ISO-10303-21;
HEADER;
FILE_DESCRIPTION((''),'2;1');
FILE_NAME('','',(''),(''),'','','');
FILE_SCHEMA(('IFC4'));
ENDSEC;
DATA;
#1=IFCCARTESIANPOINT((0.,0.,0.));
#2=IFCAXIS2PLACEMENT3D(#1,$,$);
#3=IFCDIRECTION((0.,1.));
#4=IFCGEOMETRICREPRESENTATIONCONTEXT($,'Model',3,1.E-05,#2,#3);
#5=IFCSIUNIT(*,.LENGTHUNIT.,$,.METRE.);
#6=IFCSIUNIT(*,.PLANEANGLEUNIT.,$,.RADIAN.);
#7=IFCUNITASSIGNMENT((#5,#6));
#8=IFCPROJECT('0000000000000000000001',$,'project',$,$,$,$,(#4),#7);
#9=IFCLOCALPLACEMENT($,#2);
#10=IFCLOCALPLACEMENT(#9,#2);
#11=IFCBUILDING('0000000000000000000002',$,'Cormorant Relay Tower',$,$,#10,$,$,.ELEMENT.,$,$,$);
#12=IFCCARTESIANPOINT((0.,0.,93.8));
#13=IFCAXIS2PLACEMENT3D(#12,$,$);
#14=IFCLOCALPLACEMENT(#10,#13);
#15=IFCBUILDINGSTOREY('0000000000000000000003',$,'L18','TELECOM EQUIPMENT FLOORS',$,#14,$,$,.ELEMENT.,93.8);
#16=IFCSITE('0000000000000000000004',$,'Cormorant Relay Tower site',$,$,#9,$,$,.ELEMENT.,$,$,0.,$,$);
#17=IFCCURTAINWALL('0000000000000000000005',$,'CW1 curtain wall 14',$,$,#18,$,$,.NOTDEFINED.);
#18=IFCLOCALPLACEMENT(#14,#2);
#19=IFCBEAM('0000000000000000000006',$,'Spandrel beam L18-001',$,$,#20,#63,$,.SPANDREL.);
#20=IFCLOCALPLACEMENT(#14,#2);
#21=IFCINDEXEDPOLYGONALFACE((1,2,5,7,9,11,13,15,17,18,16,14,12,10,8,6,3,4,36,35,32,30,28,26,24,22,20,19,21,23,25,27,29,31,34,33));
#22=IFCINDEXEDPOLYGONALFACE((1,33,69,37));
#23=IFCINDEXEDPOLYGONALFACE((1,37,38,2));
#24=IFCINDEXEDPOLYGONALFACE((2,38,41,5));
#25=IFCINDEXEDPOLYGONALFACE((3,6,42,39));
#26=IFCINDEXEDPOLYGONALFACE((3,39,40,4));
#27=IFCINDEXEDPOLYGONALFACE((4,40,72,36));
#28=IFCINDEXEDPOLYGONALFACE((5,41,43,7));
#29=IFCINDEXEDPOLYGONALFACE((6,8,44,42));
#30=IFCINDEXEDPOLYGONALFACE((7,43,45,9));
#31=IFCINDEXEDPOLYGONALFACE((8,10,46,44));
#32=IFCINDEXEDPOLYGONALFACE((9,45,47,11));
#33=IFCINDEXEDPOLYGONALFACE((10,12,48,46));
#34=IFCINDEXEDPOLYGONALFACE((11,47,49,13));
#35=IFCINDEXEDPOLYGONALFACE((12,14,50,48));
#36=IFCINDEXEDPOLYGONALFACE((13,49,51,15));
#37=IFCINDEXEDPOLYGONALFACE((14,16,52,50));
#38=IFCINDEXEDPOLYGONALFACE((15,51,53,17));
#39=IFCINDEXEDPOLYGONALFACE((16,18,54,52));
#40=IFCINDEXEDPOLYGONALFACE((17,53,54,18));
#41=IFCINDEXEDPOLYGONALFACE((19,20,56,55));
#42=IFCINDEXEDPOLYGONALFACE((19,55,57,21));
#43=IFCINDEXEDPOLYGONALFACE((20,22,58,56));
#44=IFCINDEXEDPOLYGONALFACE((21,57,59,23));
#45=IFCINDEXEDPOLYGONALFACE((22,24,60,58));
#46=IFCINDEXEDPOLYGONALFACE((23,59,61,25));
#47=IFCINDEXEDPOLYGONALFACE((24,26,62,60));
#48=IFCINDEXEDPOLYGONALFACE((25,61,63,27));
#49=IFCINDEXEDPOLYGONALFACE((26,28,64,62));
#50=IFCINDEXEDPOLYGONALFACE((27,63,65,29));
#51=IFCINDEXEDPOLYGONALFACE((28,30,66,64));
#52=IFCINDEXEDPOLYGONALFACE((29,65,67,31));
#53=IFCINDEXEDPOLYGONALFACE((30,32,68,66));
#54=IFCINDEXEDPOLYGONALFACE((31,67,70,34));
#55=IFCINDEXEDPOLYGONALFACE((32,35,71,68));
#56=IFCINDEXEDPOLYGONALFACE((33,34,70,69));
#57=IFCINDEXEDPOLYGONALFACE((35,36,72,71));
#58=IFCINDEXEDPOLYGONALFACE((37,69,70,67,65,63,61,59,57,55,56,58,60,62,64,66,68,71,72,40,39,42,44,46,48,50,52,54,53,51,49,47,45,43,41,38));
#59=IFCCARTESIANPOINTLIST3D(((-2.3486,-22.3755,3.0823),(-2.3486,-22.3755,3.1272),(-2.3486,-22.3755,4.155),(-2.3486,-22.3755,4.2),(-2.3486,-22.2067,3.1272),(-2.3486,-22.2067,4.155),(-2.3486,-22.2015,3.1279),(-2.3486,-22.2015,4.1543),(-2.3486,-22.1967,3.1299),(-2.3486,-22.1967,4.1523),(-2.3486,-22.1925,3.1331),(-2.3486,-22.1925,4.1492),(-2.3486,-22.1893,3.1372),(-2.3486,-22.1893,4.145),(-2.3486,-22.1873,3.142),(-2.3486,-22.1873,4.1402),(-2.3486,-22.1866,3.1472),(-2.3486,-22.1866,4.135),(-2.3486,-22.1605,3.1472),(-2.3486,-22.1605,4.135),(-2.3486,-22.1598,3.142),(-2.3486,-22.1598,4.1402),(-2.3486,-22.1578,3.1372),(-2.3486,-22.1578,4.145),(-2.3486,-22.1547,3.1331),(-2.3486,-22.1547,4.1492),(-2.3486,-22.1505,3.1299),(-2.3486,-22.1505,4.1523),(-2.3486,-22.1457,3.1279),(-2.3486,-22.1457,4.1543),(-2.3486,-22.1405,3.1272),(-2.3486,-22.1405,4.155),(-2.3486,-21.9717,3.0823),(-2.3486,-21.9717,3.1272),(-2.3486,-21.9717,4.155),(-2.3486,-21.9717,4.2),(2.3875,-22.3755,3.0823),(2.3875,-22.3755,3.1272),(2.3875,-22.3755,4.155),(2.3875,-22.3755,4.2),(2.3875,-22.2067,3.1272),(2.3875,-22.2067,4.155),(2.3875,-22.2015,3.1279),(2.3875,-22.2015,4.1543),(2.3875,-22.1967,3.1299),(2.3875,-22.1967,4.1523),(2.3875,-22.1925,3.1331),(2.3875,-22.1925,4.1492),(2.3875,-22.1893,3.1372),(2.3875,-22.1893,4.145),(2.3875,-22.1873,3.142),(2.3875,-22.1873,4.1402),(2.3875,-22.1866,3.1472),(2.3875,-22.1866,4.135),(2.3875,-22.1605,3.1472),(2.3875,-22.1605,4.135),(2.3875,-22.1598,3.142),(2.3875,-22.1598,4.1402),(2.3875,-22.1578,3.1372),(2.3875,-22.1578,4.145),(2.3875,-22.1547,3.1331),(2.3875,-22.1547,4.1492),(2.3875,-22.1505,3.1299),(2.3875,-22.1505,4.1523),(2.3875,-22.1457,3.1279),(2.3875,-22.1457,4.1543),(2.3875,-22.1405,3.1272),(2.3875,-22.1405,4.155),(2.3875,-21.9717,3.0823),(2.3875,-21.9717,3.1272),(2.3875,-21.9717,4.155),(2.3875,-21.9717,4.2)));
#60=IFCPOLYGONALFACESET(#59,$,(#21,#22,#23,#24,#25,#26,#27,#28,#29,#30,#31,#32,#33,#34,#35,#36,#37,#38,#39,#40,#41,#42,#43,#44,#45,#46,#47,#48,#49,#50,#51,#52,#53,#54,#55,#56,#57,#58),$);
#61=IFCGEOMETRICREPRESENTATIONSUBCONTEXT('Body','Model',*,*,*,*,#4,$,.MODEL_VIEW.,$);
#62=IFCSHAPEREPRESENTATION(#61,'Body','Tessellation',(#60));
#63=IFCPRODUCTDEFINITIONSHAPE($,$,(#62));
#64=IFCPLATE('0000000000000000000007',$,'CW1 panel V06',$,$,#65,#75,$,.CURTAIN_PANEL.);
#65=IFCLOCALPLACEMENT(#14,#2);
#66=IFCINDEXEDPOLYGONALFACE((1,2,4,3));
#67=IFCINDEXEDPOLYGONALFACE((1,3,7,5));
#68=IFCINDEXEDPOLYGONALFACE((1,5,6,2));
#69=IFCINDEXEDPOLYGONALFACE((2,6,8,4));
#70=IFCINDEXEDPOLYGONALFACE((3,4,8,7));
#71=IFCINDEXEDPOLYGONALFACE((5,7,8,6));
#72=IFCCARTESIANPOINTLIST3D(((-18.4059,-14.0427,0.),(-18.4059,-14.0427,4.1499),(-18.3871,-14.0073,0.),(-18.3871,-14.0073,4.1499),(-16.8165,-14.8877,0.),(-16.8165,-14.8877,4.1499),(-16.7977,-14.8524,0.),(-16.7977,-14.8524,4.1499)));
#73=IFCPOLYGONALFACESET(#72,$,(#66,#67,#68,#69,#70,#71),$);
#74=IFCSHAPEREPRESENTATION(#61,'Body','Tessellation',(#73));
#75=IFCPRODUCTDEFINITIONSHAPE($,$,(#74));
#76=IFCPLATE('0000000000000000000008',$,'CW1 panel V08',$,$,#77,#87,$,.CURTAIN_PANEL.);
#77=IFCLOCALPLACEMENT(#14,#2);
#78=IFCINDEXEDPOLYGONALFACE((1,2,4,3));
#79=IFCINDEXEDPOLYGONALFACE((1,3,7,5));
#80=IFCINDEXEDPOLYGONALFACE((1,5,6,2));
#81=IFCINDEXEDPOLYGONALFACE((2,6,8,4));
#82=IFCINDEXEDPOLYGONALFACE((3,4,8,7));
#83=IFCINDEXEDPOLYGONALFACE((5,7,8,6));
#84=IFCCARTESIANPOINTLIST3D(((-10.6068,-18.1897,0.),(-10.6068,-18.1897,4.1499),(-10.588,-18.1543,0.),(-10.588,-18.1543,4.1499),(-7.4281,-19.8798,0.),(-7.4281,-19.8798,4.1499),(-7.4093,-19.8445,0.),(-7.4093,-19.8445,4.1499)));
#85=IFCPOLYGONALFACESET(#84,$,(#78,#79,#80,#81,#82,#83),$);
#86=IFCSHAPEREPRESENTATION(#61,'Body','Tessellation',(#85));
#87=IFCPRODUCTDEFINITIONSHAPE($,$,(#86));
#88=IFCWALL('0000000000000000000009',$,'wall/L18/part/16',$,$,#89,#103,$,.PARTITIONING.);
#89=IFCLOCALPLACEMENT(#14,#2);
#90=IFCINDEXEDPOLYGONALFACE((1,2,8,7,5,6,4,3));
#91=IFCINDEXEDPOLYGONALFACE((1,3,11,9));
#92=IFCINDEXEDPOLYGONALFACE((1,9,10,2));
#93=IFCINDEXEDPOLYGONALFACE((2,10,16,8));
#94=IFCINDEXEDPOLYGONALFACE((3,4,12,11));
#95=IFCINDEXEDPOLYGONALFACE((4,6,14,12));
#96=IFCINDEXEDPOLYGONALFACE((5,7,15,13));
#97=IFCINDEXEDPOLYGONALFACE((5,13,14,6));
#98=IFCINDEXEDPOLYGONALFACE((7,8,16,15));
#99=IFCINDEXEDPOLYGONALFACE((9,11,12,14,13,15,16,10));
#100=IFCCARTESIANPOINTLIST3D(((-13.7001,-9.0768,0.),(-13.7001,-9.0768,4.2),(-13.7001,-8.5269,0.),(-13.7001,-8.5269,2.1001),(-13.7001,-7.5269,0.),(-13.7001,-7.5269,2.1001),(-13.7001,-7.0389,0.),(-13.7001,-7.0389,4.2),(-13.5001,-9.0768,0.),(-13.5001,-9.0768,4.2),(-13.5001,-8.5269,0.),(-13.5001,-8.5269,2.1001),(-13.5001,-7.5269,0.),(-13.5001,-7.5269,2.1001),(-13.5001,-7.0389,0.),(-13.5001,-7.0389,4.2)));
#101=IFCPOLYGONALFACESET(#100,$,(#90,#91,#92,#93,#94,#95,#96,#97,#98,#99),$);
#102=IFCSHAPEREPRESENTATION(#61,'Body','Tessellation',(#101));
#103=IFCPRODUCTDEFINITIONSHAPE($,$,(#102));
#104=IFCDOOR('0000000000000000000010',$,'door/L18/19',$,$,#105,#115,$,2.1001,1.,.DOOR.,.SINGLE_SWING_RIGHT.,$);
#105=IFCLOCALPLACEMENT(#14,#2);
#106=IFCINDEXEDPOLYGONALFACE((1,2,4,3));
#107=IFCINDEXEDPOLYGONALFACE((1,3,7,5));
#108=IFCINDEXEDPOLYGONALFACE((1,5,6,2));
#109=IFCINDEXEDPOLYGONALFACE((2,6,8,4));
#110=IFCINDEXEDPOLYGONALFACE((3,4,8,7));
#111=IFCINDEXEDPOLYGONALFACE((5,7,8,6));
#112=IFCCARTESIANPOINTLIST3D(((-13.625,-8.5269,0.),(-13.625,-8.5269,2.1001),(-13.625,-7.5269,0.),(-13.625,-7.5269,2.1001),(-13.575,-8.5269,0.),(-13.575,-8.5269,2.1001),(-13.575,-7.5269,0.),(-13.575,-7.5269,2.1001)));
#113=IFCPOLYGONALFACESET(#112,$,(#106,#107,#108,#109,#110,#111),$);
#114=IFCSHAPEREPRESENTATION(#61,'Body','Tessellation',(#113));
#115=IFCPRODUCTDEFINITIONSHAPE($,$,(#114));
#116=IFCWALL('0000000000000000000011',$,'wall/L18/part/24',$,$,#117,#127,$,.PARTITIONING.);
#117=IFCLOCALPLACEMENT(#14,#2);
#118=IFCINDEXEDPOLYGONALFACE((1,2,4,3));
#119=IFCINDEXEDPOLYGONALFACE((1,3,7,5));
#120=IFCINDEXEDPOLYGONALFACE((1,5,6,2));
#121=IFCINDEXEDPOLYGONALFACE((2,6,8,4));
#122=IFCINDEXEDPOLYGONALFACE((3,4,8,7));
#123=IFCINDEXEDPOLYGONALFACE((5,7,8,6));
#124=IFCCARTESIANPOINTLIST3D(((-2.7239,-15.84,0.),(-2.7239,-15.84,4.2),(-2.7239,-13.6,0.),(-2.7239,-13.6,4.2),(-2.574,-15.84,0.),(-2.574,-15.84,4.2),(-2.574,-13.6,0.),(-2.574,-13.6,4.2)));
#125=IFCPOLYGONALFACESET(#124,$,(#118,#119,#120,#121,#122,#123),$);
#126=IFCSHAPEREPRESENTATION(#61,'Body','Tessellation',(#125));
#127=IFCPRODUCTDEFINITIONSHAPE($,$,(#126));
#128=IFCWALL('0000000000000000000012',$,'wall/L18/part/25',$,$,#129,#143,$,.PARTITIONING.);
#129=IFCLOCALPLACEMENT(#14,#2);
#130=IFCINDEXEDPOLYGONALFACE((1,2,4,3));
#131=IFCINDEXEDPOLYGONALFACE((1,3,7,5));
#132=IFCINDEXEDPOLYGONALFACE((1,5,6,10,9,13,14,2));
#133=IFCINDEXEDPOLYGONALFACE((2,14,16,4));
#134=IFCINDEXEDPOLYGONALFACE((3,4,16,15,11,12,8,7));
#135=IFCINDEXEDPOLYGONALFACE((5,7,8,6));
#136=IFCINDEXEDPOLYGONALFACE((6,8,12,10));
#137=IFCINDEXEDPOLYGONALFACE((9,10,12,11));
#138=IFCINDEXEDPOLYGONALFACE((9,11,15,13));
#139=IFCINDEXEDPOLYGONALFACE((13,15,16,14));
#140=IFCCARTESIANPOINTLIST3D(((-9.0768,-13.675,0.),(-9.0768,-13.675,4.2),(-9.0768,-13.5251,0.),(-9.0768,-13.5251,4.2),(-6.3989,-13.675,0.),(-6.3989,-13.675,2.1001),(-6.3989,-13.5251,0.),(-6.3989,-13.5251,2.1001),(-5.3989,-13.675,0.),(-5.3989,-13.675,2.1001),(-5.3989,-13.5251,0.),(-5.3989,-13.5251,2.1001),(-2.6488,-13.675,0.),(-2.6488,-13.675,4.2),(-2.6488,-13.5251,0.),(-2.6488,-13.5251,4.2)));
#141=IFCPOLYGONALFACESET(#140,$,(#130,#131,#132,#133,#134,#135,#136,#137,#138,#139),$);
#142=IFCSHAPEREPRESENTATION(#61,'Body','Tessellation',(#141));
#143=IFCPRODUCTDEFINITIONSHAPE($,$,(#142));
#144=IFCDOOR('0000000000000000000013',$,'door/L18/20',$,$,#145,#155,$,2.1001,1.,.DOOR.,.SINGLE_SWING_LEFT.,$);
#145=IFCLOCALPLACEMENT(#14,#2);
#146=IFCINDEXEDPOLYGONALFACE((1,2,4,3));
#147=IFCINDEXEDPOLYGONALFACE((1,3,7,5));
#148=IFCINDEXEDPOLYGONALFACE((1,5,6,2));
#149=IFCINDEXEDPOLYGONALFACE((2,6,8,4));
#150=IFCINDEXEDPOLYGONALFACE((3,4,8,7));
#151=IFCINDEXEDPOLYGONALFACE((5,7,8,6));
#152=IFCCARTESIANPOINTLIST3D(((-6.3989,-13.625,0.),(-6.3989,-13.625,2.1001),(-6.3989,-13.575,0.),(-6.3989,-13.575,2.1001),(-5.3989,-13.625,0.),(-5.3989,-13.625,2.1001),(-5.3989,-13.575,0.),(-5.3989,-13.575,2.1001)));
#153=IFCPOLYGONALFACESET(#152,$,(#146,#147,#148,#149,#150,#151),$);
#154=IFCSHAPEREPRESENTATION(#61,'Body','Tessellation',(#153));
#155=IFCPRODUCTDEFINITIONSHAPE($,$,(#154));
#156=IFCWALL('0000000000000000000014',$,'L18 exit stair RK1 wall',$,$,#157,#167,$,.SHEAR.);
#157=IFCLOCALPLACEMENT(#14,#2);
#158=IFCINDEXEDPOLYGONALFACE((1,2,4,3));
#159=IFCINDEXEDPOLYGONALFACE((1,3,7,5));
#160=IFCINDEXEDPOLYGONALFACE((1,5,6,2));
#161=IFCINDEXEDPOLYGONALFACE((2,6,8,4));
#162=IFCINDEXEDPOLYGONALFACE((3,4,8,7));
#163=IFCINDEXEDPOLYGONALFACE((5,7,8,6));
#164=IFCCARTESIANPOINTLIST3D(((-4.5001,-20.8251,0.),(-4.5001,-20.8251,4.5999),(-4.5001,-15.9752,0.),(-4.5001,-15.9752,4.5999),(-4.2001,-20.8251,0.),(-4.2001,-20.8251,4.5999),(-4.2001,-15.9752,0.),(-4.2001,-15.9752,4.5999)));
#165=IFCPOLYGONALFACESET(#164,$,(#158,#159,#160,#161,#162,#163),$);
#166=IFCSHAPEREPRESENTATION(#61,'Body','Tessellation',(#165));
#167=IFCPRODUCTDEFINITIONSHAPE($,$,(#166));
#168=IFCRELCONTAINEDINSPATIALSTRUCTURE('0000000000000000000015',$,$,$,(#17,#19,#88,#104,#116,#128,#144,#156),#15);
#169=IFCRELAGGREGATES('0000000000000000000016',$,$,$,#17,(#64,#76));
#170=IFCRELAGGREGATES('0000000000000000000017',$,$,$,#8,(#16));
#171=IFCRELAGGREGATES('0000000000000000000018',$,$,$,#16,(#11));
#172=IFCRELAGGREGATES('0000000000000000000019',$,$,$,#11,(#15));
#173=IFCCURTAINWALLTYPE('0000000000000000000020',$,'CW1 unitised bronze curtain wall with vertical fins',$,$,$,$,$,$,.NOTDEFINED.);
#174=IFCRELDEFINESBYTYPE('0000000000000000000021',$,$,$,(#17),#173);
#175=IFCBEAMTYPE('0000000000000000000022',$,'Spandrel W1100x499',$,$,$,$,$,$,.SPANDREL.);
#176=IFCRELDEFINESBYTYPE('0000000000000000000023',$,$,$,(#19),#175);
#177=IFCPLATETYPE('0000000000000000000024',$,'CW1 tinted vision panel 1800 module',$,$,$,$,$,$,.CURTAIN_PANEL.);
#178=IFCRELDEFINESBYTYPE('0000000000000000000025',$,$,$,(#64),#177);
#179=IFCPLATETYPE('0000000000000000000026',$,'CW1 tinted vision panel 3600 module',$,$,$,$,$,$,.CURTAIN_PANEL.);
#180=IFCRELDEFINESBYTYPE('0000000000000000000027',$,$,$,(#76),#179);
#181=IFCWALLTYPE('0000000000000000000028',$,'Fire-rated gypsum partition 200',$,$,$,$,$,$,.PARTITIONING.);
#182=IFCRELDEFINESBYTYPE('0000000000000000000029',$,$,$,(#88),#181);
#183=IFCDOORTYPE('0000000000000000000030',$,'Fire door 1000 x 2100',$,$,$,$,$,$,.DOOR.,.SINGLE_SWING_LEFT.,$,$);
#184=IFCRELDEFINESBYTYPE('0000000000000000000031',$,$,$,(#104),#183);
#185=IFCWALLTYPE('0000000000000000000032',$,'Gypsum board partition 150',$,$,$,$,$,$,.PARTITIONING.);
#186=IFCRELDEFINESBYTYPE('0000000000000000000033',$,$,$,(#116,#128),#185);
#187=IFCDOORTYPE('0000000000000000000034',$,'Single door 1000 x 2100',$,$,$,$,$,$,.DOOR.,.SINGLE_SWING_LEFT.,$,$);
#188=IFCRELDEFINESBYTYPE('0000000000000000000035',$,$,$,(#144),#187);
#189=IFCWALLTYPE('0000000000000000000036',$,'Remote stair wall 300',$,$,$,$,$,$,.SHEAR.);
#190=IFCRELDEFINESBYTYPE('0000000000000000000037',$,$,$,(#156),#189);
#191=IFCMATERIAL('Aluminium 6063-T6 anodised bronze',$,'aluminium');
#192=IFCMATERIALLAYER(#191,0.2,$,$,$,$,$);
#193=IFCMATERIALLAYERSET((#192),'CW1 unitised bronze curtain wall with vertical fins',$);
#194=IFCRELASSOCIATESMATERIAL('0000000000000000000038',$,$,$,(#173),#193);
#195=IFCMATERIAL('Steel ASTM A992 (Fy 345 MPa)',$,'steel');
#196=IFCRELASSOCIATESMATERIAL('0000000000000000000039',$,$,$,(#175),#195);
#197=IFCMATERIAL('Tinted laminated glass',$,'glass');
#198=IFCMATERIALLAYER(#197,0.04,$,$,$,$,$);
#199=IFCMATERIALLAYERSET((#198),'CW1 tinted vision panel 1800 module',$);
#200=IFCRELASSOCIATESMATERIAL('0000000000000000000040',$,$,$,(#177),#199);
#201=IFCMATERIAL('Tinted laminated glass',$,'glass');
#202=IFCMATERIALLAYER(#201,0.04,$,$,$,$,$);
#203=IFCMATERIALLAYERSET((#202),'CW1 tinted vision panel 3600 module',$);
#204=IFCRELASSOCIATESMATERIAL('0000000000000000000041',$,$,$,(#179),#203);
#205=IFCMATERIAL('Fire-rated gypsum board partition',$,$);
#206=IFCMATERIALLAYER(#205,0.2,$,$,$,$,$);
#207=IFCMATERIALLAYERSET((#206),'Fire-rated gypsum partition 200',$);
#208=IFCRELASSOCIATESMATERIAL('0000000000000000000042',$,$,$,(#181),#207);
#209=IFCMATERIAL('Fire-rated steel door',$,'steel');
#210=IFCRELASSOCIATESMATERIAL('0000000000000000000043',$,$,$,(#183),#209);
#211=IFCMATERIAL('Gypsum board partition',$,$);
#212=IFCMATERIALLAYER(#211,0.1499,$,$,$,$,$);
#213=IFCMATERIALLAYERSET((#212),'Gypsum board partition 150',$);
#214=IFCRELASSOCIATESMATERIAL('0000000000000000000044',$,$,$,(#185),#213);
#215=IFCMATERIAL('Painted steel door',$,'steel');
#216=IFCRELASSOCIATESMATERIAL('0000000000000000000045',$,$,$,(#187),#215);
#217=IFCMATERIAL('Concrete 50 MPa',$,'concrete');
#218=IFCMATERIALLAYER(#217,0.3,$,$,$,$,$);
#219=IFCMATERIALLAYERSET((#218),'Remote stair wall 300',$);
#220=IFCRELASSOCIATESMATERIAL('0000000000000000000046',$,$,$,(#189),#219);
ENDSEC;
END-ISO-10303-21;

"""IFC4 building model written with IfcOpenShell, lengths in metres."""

from ifc_helpers import new_model, si_unit, direction, frame, frame_2d, origin, origin_2d, place, context, subcontext, project, spatial, rectangle, i_section, extrude, material, layer, layer_set, material_profile, profile_set, type_object, element, fill, aggregate, save


model = new_model("IFC4")

# Units and contexts
model_context = context("Model", 3, precision=1e-05, world=origin(), true_north=direction((0.0, 1.0)))
body_context = subcontext(model_context, "Body", "Model", "MODEL_VIEW")
ifc_project = project(units=[si_unit("LENGTHUNIT", "METRE"), si_unit("PLANEANGLEUNIT", "RADIAN")], contexts=[model_context])

# Site, building, storey
site_placement = place(None, origin())
site = spatial("IfcSite", under=ifc_project, at=site_placement, Name="Cormorant Relay Tower site", CompositionType="ELEMENT", RefElevation=0.0)
building_placement = place(site_placement, origin())
building = spatial("IfcBuilding", under=site, at=building_placement, Name="Cormorant Relay Tower", CompositionType="ELEMENT")
storey_placement = place(building_placement, frame((0.0, 0.0, 93.8)))
storey = spatial("IfcBuildingStorey", under=building, at=storey_placement, Name="L18", Description="TELECOM EQUIPMENT FLOORS", CompositionType="ELEMENT", Elevation=93.8)

# Shared definitions
ifc_material_1 = material(Name="Aluminium 6063-T6 anodised bronze", Category="aluminium")
ifc_layer_1 = layer(ifc_material_1, 0.2)
ifc_layer_set_1 = layer_set([ifc_layer_1], Name="CW1 unitised bronze curtain wall with vertical fins")
curtain_wall_type = type_object("IfcCurtainWallType", Name="CW1 unitised bronze curtain wall with vertical fins", PredefinedType="NOTDEFINED", material=ifc_layer_set_1)

# Curtain wall
curtain_wall_1_placement = place(storey_placement, origin())
curtain_wall_1 = element("IfcCurtainWall", 1, at=curtain_wall_1_placement, inside=storey, type_object=curtain_wall_type, Name="CW1 curtain wall 14", PredefinedType="NOTDEFINED")

# Beam
ifc_material_2 = material(Name="Steel ASTM A992 (Fy 345 MPa)", Category="steel")
ifc_material_profile_1 = material_profile(ifc_material_2, i_section(OverallWidth=0.4038, OverallDepth=1.1177, WebThickness=0.0261, FlangeThickness=0.0449, FilletRadius=0.02, at=origin_2d()), Name="W1100x499")
ifc_profile_set_1 = profile_set([ifc_material_profile_1], Name="Steel ASTM A992 (Fy 345 MPa)")
beam_type = type_object("IfcBeamType", Name="Spandrel W1100x499", PredefinedType="SPANDREL", material=ifc_profile_set_1)
beam_placement = place(storey_placement, frame((-2.3486, -22.1736, 3.6411), z_axis=(1.0, 0.0, 0.0), x_axis=(0.0, 1.0, 0.0)))
element("IfcBeam", 2, at=beam_placement, inside=storey, type_object=beam_type, Name="Spandrel beam L18-001", PredefinedType="SPANDREL", context=body_context, shape_type="SweptSolid", body=[
    extrude(i_section(OverallWidth=0.4038, OverallDepth=1.1177, WebThickness=0.0261, FlangeThickness=0.0449, FilletRadius=0.02, at=origin_2d()), origin(), (0.0, 0.0, 1.0), 4.7361),
])

# Plates
ifc_material_3 = material(Name="Tinted laminated glass", Category="glass")
ifc_layer_2 = layer(ifc_material_3, 0.04)
ifc_layer_set_2 = layer_set([ifc_layer_2], Name="CW1 tinted vision panel 1800 module")
plate_type_1 = type_object("IfcPlateType", Name="CW1 tinted vision panel 1800 module", PredefinedType="CURTAIN_PANEL", material=ifc_layer_set_2)
plate_1_placement = place(storey_placement, frame((-17.6018, -14.4475, 0.0), z_axis=(0.0, 0.0, 1.0), x_axis=(0.882948, -0.469472, 0.0)))
plate_1 = element("IfcPlate", 3, at=plate_1_placement, type_object=plate_type_1, Name="CW1 panel V06", PredefinedType="CURTAIN_PANEL", context=body_context, shape_type="SweptSolid", body=[
    extrude(rectangle(XDim=1.8, YDim=0.04, at=origin_2d()), origin(), (0.0, 0.0, 1.0), 4.1499),
])
ifc_material_4 = material(Name="Tinted laminated glass", Category="glass")
ifc_layer_3 = layer(ifc_material_4, 0.04)
ifc_layer_set_3 = layer_set([ifc_layer_3], Name="CW1 tinted vision panel 3600 module")
plate_type_2 = type_object("IfcPlateType", Name="CW1 tinted vision panel 3600 module", PredefinedType="CURTAIN_PANEL", material=ifc_layer_set_3)
plate_2_placement = place(storey_placement, frame((-9.0081, -19.0171, 0.0), z_axis=(0.0, 0.0, 1.0), x_axis=(0.882948, -0.469472, 0.0)))
plate_2 = element("IfcPlate", 4, at=plate_2_placement, type_object=plate_type_2, Name="CW1 panel V08", PredefinedType="CURTAIN_PANEL", context=body_context, shape_type="SweptSolid", body=[
    extrude(rectangle(XDim=3.6001, YDim=0.04, at=origin_2d()), origin(), (0.0, 0.0, 1.0), 4.1499),
])

# Wall, opening, door
ifc_material_5 = material(Name="Fire-rated gypsum board partition")
ifc_layer_4 = layer(ifc_material_5, 0.2)
ifc_layer_set_4 = layer_set([ifc_layer_4], Name="Fire-rated gypsum partition 200")
wall_type_1 = type_object("IfcWallType", Name="Fire-rated gypsum partition 200", PredefinedType="PARTITIONING", material=ifc_layer_set_4)
wall_1_placement = place(storey_placement, frame((-13.6001, -9.0769, 0.0), z_axis=(0.0, 0.0, 1.0), x_axis=(0.0, 1.0, 0.0)))
wall_1 = element("IfcWall", 5, at=wall_1_placement, inside=storey, type_object=wall_type_1, Name="wall/L18/part/16", PredefinedType="PARTITIONING", context=body_context, shape_type="SweptSolid", body=[
    extrude(rectangle(XDim=2.0378, YDim=0.2, at=frame_2d((1.019, 0.0))), origin(), (0.0, 0.0, 1.0), 4.2),
])
opening_1_placement = place(wall_1_placement, frame((0.55, 0.0, 0.0)))
opening_1 = element("IfcOpeningElement", 6, at=opening_1_placement, cuts=wall_1, PredefinedType="OPENING", context=body_context, shape_type="SweptSolid", body=[
    extrude(rectangle(XDim=1.0, YDim=2.1001, at=frame_2d((0.5, 1.05))), frame((0.0, 0.1099, 0.0), z_axis=(0.0, -1.0, 0.0), x_axis=(1.0, 0.0, 0.0)), (0.0, 0.0, 1.0), 0.22),
])
ifc_material_6 = material(Name="Fire-rated steel door", Category="steel")
door_type_1 = type_object("IfcDoorType", Name="Fire door 1000 x 2100", OperationType="SINGLE_SWING_LEFT", PredefinedType="DOOR", material=ifc_material_6)
door_1_placement = place(opening_1_placement, origin())
door_1 = element("IfcDoor", 7, at=door_1_placement, inside=storey, type_object=door_type_1, Name="door/L18/19", OperationType="SINGLE_SWING_RIGHT", OverallHeight=2.1001, OverallWidth=1.0, PredefinedType="DOOR", context=body_context, shape_type="SweptSolid", body=[
    extrude(rectangle(XDim=1.0, YDim=2.1001, at=frame_2d((0.5, 1.05))), frame((0.0, 0.0249, 0.0), z_axis=(0.0, -1.0, 0.0), x_axis=(1.0, 0.0, 0.0)), (0.0, 0.0, 1.0), 0.05),
])
fill(opening_1, door_1)

# Wall
ifc_material_7 = material(Name="Gypsum board partition")
ifc_layer_5 = layer(ifc_material_7, 0.1499)
ifc_layer_set_5 = layer_set([ifc_layer_5], Name="Gypsum board partition 150")
wall_type_2 = type_object("IfcWallType", Name="Gypsum board partition 150", PredefinedType="PARTITIONING", material=ifc_layer_set_5)
wall_2_placement = place(storey_placement, frame((-2.6489, -15.8401, 0.0), z_axis=(0.0, 0.0, 1.0), x_axis=(0.0, 1.0, 0.0)))
element("IfcWall", 8, at=wall_2_placement, inside=storey, type_object=wall_type_2, Name="wall/L18/part/24", PredefinedType="PARTITIONING", context=body_context, shape_type="SweptSolid", body=[
    extrude(rectangle(XDim=2.24, YDim=0.1499, at=frame_2d((1.1201, 0.0))), origin(), (0.0, 0.0, 1.0), 4.2),
])

# Wall, opening, door
wall_3_placement = place(storey_placement, frame((-2.6489, -13.6001, 0.0), z_axis=(0.0, 0.0, 1.0), x_axis=(-1.0, 0.0, 0.0)))
wall_3 = element("IfcWall", 9, at=wall_3_placement, inside=storey, type_object=wall_type_2, Name="wall/L18/part/25", PredefinedType="PARTITIONING", context=body_context, shape_type="SweptSolid", body=[
    extrude(rectangle(XDim=6.428, YDim=0.1499, at=frame_2d((3.2139, 0.0))), origin(), (0.0, 0.0, 1.0), 4.2),
])
opening_2_placement = place(wall_3_placement, frame((2.75, 0.0, 0.0)))
opening_2 = element("IfcOpeningElement", 10, at=opening_2_placement, cuts=wall_3, PredefinedType="OPENING", context=body_context, shape_type="SweptSolid", body=[
    extrude(rectangle(XDim=1.0, YDim=2.1001, at=frame_2d((0.5, 1.05))), frame((0.0, 0.085, 0.0), z_axis=(0.0, -1.0, 0.0), x_axis=(1.0, 0.0, 0.0)), (0.0, 0.0, 1.0), 0.1699),
])
ifc_material_8 = material(Name="Painted steel door", Category="steel")
door_type_2 = type_object("IfcDoorType", Name="Single door 1000 x 2100", OperationType="SINGLE_SWING_LEFT", PredefinedType="DOOR", material=ifc_material_8)
door_2_placement = place(opening_2_placement, origin())
door_2 = element("IfcDoor", 11, at=door_2_placement, inside=storey, type_object=door_type_2, Name="door/L18/20", OperationType="SINGLE_SWING_LEFT", OverallHeight=2.1001, OverallWidth=1.0, PredefinedType="DOOR", context=body_context, shape_type="SweptSolid", body=[
    extrude(rectangle(XDim=1.0, YDim=2.1001, at=frame_2d((0.5, 1.05))), frame((0.0, 0.0249, 0.0), z_axis=(0.0, -1.0, 0.0), x_axis=(1.0, 0.0, 0.0)), (0.0, 0.0, 1.0), 0.05),
])
fill(opening_2, door_2)

# Wall
ifc_material_9 = material(Name="Concrete 50 MPa", Category="concrete")
ifc_layer_6 = layer(ifc_material_9, 0.3)
ifc_layer_set_6 = layer_set([ifc_layer_6], Name="Remote stair wall 300")
wall_type_3 = type_object("IfcWallType", Name="Remote stair wall 300", PredefinedType="SHEAR", material=ifc_layer_set_6)
wall_4_placement = place(storey_placement, frame((-4.3501, -20.825, 0.0), z_axis=(0.0, 0.0, 1.0), x_axis=(0.0, 1.0, 0.0)))
element("IfcWall", 12, at=wall_4_placement, inside=storey, type_object=wall_type_3, Name="L18 exit stair RK1 wall", PredefinedType="SHEAR", context=body_context, shape_type="SweptSolid", body=[
    extrude(rectangle(XDim=4.8499, YDim=0.3, at=frame_2d((2.4248, 0.0))), origin(), (0.0, 0.0, 1.0), 4.5999),
])

aggregate(curtain_wall_1, [plate_1, plate_2])

save(model, "model.ifc")
